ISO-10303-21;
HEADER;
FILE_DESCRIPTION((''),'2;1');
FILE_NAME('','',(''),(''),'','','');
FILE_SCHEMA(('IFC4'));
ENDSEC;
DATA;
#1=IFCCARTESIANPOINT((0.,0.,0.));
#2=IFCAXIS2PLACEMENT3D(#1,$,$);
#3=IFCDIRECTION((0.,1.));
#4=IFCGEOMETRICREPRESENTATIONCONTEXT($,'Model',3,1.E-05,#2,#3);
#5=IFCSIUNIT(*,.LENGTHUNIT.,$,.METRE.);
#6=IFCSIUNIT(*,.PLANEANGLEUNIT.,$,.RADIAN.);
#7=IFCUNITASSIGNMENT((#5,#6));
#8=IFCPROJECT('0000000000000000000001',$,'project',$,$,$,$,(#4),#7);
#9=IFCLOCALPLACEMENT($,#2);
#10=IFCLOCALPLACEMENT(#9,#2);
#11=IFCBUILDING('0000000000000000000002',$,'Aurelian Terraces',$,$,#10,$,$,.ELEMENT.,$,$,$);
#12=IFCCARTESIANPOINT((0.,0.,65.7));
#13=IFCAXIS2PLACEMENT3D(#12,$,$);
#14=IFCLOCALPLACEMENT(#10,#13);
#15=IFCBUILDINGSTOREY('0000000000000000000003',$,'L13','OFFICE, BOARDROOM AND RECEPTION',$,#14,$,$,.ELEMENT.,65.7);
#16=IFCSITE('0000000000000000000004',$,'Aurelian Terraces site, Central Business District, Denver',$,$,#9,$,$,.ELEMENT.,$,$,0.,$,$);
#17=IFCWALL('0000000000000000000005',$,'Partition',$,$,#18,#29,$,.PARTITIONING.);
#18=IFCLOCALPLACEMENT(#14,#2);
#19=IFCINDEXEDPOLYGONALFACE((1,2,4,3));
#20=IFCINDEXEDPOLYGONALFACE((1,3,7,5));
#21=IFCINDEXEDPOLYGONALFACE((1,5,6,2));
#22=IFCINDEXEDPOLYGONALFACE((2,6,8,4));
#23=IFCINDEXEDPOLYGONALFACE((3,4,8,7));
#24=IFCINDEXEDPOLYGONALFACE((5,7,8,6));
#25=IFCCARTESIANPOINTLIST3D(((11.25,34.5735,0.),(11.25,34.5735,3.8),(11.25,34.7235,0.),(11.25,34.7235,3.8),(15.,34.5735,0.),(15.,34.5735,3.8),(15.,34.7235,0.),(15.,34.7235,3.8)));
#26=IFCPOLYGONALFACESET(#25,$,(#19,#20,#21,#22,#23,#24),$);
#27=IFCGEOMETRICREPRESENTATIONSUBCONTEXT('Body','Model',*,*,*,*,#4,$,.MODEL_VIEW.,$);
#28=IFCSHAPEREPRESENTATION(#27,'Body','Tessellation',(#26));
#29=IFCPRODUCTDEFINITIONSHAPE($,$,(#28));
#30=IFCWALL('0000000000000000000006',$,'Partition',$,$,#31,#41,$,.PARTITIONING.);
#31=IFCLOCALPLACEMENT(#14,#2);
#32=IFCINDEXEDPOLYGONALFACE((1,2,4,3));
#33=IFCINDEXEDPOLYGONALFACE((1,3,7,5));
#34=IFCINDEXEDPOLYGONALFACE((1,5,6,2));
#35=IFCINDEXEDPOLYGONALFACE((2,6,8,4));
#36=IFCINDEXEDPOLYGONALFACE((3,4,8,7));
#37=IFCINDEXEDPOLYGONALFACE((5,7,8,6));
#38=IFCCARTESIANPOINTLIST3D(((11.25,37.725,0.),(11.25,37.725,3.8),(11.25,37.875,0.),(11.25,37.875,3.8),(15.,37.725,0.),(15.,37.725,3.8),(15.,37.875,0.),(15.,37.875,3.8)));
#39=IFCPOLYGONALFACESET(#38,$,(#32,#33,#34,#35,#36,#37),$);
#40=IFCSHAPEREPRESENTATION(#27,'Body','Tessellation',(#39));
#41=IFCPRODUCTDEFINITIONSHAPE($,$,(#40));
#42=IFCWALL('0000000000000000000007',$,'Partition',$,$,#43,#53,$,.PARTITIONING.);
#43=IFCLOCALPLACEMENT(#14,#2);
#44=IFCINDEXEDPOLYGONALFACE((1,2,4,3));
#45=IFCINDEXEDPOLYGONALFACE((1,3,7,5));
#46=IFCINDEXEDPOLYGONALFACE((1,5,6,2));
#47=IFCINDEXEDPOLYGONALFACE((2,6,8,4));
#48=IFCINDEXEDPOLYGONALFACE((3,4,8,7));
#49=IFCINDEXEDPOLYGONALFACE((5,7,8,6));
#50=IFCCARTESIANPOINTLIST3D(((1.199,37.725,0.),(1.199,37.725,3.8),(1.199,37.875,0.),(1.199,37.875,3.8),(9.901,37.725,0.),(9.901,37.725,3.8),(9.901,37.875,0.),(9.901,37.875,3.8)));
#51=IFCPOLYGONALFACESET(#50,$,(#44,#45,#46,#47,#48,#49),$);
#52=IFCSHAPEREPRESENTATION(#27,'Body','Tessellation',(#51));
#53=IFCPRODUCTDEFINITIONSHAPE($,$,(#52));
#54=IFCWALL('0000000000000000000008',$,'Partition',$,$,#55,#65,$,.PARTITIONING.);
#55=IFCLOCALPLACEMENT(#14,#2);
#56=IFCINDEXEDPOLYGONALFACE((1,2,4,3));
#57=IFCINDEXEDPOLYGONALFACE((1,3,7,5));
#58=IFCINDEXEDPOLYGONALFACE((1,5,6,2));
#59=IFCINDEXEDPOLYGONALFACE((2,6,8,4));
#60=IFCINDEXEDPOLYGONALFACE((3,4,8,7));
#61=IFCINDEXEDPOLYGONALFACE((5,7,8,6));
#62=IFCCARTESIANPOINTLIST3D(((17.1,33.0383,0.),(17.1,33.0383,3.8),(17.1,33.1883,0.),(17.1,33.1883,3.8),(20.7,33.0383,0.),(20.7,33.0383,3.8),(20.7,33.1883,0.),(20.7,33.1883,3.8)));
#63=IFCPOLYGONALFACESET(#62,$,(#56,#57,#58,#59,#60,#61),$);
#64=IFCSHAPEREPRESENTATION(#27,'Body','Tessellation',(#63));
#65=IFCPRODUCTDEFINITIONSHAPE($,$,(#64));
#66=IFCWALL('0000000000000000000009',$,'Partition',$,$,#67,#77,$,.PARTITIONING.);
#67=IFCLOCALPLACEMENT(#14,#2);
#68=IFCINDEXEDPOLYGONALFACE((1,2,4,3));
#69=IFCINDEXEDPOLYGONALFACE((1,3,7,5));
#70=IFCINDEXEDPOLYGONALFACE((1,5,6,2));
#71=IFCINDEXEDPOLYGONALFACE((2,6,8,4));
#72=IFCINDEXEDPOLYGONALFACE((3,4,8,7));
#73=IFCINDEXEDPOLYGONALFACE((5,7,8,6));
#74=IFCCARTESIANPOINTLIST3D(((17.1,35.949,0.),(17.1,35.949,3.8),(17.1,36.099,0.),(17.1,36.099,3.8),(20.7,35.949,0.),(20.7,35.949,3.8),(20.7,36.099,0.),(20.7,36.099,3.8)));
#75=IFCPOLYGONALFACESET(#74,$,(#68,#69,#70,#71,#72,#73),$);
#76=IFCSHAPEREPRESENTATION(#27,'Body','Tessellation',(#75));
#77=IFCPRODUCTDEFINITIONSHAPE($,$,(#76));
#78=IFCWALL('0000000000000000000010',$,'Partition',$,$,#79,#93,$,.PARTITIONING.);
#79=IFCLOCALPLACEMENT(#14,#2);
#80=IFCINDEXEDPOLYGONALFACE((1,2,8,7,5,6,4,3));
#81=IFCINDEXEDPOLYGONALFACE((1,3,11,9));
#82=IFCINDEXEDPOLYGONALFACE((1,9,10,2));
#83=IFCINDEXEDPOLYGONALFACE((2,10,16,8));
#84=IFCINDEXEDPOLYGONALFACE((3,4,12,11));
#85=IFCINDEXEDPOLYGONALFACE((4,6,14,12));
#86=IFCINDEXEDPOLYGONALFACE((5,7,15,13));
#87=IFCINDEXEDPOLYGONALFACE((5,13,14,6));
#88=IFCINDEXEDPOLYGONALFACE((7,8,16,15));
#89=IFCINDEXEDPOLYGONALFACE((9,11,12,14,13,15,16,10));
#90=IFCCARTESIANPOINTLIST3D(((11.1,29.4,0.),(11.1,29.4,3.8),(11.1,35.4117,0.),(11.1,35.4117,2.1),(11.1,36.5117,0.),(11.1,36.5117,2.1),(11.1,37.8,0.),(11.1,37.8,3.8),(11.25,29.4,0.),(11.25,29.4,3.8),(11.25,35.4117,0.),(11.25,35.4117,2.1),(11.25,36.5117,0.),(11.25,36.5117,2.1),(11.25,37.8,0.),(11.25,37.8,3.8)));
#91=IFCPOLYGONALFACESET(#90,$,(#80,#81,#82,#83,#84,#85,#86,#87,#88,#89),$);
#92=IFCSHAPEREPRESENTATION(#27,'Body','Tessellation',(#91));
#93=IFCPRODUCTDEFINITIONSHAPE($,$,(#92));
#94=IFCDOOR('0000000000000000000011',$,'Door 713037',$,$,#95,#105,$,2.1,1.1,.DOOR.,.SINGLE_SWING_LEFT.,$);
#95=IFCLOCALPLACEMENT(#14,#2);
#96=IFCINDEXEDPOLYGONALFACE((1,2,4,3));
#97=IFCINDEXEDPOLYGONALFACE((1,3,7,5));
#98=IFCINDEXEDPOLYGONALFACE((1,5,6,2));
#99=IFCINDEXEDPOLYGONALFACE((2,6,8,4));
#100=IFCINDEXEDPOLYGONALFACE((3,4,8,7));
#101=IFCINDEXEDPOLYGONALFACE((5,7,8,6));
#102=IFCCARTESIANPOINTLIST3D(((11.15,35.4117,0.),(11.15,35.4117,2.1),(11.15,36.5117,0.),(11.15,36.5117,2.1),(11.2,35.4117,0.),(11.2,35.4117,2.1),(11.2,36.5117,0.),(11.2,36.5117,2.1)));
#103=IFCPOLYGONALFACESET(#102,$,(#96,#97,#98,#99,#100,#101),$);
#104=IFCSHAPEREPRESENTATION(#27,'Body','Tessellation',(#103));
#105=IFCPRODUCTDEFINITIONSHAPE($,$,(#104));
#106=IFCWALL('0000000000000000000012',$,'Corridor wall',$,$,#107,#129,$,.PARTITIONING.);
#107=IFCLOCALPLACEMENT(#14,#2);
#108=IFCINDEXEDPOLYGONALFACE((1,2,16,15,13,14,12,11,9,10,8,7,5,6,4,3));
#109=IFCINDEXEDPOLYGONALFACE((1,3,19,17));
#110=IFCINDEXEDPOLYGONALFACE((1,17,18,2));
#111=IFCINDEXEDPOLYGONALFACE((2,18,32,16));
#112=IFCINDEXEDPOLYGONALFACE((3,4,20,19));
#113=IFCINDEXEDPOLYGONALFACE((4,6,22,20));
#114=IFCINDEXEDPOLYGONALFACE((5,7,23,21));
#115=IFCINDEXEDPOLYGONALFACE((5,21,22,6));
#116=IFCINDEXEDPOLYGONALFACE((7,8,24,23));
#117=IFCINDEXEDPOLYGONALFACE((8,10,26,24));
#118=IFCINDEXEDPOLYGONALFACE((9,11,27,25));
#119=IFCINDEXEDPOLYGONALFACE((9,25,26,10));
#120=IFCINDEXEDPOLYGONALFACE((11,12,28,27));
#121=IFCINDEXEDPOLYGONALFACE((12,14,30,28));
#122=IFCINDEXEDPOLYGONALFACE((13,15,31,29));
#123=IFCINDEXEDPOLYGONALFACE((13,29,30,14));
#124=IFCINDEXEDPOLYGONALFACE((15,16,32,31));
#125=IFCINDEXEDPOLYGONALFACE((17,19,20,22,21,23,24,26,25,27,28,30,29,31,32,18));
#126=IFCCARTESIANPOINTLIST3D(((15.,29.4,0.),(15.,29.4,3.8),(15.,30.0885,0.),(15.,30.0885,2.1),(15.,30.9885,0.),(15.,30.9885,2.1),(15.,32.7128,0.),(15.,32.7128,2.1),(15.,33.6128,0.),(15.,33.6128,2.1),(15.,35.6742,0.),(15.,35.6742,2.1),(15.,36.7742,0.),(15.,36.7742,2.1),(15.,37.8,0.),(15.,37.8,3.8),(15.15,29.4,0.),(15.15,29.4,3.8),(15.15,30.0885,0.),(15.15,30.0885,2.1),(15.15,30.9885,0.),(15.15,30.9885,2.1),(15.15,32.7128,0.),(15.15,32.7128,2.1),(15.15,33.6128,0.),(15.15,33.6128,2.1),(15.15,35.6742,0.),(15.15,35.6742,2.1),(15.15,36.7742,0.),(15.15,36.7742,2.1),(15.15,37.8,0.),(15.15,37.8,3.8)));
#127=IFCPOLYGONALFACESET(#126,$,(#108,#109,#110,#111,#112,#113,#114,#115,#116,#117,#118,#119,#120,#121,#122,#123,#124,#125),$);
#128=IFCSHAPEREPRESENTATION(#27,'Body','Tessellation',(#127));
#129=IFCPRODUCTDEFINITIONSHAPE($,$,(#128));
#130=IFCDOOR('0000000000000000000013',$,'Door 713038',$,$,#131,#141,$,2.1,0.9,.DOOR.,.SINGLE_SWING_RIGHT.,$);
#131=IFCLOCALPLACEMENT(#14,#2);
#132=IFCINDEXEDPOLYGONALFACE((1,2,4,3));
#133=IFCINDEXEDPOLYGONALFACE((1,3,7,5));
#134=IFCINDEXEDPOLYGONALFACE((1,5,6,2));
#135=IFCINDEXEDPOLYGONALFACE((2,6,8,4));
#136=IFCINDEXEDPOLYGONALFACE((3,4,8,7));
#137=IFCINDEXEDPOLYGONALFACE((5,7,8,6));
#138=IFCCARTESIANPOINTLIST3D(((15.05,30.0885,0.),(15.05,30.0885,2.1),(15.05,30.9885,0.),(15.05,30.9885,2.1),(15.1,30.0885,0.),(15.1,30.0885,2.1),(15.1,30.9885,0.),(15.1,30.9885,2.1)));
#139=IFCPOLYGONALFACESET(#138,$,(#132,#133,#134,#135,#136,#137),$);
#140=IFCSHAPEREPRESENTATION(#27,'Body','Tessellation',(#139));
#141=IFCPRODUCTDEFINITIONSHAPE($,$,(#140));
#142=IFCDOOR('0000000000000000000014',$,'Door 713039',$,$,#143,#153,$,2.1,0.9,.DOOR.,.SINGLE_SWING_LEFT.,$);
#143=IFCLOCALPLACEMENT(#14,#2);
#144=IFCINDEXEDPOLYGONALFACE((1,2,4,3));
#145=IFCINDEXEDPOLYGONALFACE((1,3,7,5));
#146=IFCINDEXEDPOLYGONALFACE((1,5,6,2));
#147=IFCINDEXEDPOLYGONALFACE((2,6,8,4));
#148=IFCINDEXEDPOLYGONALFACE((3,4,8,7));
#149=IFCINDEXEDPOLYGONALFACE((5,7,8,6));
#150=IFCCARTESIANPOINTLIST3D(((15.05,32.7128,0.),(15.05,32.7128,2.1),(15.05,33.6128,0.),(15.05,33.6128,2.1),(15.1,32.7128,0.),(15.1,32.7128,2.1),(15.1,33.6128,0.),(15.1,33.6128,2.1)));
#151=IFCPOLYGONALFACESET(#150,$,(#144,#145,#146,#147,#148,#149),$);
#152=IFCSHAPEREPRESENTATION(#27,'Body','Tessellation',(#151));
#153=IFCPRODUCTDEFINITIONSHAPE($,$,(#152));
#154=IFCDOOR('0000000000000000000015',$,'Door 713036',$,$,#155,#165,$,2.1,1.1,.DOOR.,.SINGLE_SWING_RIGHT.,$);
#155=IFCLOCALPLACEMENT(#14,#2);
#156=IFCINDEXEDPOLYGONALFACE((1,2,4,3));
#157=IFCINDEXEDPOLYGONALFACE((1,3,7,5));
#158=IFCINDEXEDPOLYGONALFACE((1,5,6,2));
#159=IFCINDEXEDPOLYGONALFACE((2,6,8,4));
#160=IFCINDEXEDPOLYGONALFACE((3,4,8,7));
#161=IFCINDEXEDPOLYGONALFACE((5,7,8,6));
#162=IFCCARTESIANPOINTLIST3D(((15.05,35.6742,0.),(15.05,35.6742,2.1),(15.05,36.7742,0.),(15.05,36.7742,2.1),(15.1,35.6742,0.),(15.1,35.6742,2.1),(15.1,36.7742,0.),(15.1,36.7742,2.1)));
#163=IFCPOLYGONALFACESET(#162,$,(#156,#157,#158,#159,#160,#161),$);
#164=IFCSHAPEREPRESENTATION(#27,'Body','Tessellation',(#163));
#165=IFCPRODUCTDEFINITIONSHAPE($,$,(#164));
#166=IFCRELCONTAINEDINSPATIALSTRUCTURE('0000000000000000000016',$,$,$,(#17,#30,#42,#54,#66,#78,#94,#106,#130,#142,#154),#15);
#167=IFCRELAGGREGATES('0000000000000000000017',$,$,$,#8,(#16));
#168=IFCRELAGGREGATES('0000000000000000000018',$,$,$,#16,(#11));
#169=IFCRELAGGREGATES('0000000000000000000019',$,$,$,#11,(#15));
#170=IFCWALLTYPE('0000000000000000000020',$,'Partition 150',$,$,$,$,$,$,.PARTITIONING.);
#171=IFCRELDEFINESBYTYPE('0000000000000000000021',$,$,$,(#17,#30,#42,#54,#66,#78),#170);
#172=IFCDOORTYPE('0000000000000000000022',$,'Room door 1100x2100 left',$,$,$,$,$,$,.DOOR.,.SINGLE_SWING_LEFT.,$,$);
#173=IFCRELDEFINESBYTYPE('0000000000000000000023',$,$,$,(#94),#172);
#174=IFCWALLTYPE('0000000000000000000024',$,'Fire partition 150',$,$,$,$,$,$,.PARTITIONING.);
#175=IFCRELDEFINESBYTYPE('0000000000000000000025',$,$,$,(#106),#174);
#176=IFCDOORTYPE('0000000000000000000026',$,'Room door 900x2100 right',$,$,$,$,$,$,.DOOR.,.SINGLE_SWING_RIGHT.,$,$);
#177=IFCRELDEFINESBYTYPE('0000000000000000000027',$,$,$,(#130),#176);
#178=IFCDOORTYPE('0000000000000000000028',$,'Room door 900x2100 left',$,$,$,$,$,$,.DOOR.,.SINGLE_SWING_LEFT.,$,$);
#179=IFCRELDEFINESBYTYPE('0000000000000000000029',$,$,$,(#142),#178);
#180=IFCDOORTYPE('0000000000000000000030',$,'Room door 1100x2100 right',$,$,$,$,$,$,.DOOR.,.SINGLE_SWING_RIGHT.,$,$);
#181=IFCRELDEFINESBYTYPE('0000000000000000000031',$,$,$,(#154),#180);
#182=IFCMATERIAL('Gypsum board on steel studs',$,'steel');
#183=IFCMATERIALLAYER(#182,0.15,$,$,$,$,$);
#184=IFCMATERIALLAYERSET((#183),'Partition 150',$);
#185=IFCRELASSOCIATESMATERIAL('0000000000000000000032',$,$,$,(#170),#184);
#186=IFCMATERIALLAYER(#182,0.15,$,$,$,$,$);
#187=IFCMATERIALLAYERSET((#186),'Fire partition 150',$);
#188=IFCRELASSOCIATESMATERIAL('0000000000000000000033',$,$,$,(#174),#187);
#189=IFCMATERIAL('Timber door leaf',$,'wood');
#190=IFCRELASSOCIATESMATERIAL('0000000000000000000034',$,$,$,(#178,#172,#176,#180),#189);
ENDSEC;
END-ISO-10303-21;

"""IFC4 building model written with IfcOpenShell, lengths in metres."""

from ifc_helpers import new_model, si_unit, direction, frame, frame_2d, origin, place, context, subcontext, project, spatial, rectangle, extrude, source, transform, mapped, material, layer, layer_set, type_object, element, fill, save


model = new_model("IFC4")

# Units and contexts
model_context = context("Model", 3, precision=1e-05, world=origin(), true_north=direction((0.0, 1.0)))
body_context = subcontext(model_context, "Body", "Model", "MODEL_VIEW")
ifc_project = project(units=[si_unit("LENGTHUNIT", "METRE"), si_unit("PLANEANGLEUNIT", "RADIAN")], contexts=[model_context])

# Site, building, storey
site_placement = place(None, origin())
site = spatial("IfcSite", under=ifc_project, at=site_placement, Name="Aurelian Terraces site, Central Business District, Denver", CompositionType="ELEMENT", RefElevation=0.0)
building_placement = place(site_placement, origin())
building = spatial("IfcBuilding", under=site, at=building_placement, Name="Aurelian Terraces", CompositionType="ELEMENT")
storey_placement = place(building_placement, frame((0.0, 0.0, 65.7)))
storey = spatial("IfcBuildingStorey", under=building, at=storey_placement, Name="L13", Description="OFFICE, BOARDROOM AND RECEPTION", CompositionType="ELEMENT", Elevation=65.7)

# Shared definitions
ifc_material_1 = material(Name="Gypsum board on steel studs", Category="steel")
shared_shape_1 = source(origin(), body_context, "Body", "SweptSolid", [
    extrude(rectangle(XDim=0.9, YDim=2.1, at=frame_2d((0.45, 1.05))), frame((0.0, 0.025, 0.0), z_axis=(0.0, -1.0, 0.0), x_axis=(1.0, 0.0, 0.0)), (0.0, 0.0, 1.0), 0.05),
])

# Shared definitions
ifc_layer_1 = layer(ifc_material_1, 0.15)
ifc_layer_set_1 = layer_set([ifc_layer_1], Name="Partition 150")
wall_type_1 = type_object("IfcWallType", Name="Partition 150", PredefinedType="PARTITIONING", material=ifc_layer_set_1)

# Shared definitions
ifc_layer_2 = layer(ifc_material_1, 0.15)
ifc_layer_set_2 = layer_set([ifc_layer_2], Name="Fire partition 150")
wall_type_2 = type_object("IfcWallType", Name="Fire partition 150", PredefinedType="PARTITIONING", material=ifc_layer_set_2)
shared_shape_2 = source(origin(), body_context, "Body", "SweptSolid", [
    extrude(rectangle(XDim=0.9, YDim=2.1, at=frame_2d((0.45, 1.05))), frame((0.0, 0.085, 0.0), z_axis=(0.0, -1.0, 0.0), x_axis=(1.0, 0.0, 0.0)), (0.0, 0.0, 1.0), 0.17),
])
ifc_material_2 = material(Name="Timber door leaf", Category="wood")
door_type_1 = type_object("IfcDoorType", Name="Room door 900x2100 left", OperationType="SINGLE_SWING_LEFT", PredefinedType="DOOR", material=ifc_material_2)

# Walls
shared_shape_3 = source(origin(), body_context, "Body", "SweptSolid", [
    extrude(rectangle(XDim=3.75, YDim=0.15, at=frame_2d((1.875, 0.0))), origin(), (0.0, 0.0, 1.0), 3.8),
])
for number, where, z_axis, x_axis, name in (
    (1, (15.0, 34.6485, 0.0), (0.0, 0.0, 1.0), (-1.0, 0.0, 0.0), "Partition"),
    (2, (15.0, 37.8, 0.0), (0.0, 0.0, 1.0), (-1.0, 0.0, 0.0), "Partition"),
):
    element("IfcWall", number, at=place(storey_placement, frame(where, z_axis=z_axis, x_axis=x_axis)), inside=storey, type_object=wall_type_1, Name=name, PredefinedType="PARTITIONING", context=body_context, shape_type="MappedRepresentation", body=[
        mapped(shared_shape_3, transform((0.0, 0.0, 0.0), scale=1.0)),
    ])
shared_shape_4 = source(origin(), body_context, "Body", "SweptSolid", [
    extrude(rectangle(XDim=8.702, YDim=0.15, at=frame_2d((4.351, 0.0))), origin(), (0.0, 0.0, 1.0), 3.8),
])
wall_1_placement = place(storey_placement, frame((9.901, 37.8, 0.0), z_axis=(0.0, 0.0, 1.0), x_axis=(-1.0, 0.0, 0.0)))
element("IfcWall", 3, at=wall_1_placement, inside=storey, type_object=wall_type_1, Name="Partition", PredefinedType="PARTITIONING", context=body_context, shape_type="MappedRepresentation", body=[
    mapped(shared_shape_4, transform((0.0, 0.0, 0.0), scale=1.0)),
])
shared_shape_5 = source(origin(), body_context, "Body", "SweptSolid", [
    extrude(rectangle(XDim=3.6, YDim=0.15, at=frame_2d((1.8, 0.0))), origin(), (0.0, 0.0, 1.0), 3.8),
])
for number, where, z_axis, x_axis, name in (
    (4, (17.1, 33.1133, 0.0), (0.0, 0.0, 1.0), (1.0, 0.0, 0.0), "Partition"),
    (5, (17.1, 36.024, 0.0), (0.0, 0.0, 1.0), (1.0, 0.0, 0.0), "Partition"),
):
    element("IfcWall", number, at=place(storey_placement, frame(where, z_axis=z_axis, x_axis=x_axis)), inside=storey, type_object=wall_type_1, Name=name, PredefinedType="PARTITIONING", context=body_context, shape_type="MappedRepresentation", body=[
        mapped(shared_shape_5, transform((0.0, 0.0, 0.0), scale=1.0)),
    ])

# Wall, opening, door
shared_shape_6 = source(origin(), body_context, "Body", "SweptSolid", [
    extrude(rectangle(XDim=8.4, YDim=0.15, at=frame_2d((4.2, 0.0))), origin(), (0.0, 0.0, 1.0), 3.8),
])
wall_2_placement = place(storey_placement, frame((11.175, 29.4, 0.0), z_axis=(0.0, 0.0, 1.0), x_axis=(0.0, 1.0, 0.0)))
wall_2 = element("IfcWall", 6, at=wall_2_placement, inside=storey, type_object=wall_type_1, Name="Partition", PredefinedType="PARTITIONING", context=body_context, shape_type="MappedRepresentation", body=[
    mapped(shared_shape_6, transform((0.0, 0.0, 0.0), scale=1.0)),
])
shared_shape_7 = source(origin(), body_context, "Body", "SweptSolid", [
    extrude(rectangle(XDim=1.1, YDim=2.1, at=frame_2d((0.55, 1.05))), frame((0.0, 0.085, 0.0), z_axis=(0.0, -1.0, 0.0), x_axis=(1.0, 0.0, 0.0)), (0.0, 0.0, 1.0), 0.17),
])
opening_1_placement = place(wall_2_placement, frame((6.0117, 0.0, 0.0)))
opening_1 = element("IfcOpeningElement", 7, at=opening_1_placement, cuts=wall_2, PredefinedType="OPENING", context=body_context, shape_type="MappedRepresentation", body=[
    mapped(shared_shape_7, transform((0.0, 0.0, 0.0), scale=1.0)),
])
door_type_2 = type_object("IfcDoorType", Name="Room door 1100x2100 left", OperationType="SINGLE_SWING_LEFT", PredefinedType="DOOR", material=ifc_material_2)
shared_shape_8 = source(origin(), body_context, "Body", "SweptSolid", [
    extrude(rectangle(XDim=1.1, YDim=2.1, at=frame_2d((0.55, 1.05))), frame((0.0, 0.025, 0.0), z_axis=(0.0, -1.0, 0.0), x_axis=(1.0, 0.0, 0.0)), (0.0, 0.0, 1.0), 0.05),
])
door_1_placement = place(opening_1_placement, origin())
door_1 = element("IfcDoor", 8, at=door_1_placement, inside=storey, type_object=door_type_2, Name="Door 713037", OperationType="SINGLE_SWING_LEFT", OverallHeight=2.1, OverallWidth=1.1, PredefinedType="DOOR", context=body_context, shape_type="MappedRepresentation", body=[
    mapped(shared_shape_8, transform((0.0, 0.0, 0.0), scale=1.0)),
])
fill(opening_1, door_1)

# Wall, openings, doors
wall_3_placement = place(storey_placement, frame((15.075, 29.4, 0.0), z_axis=(0.0, 0.0, 1.0), x_axis=(0.0, 1.0, 0.0)))
wall_3 = element("IfcWall", 9, at=wall_3_placement, inside=storey, type_object=wall_type_2, Name="Corridor wall", PredefinedType="PARTITIONING", context=body_context, shape_type="MappedRepresentation", body=[
    mapped(shared_shape_6, transform((0.0, 0.0, 0.0), scale=1.0)),
])
opening_2_placement = place(wall_3_placement, frame((6.2742, 0.0, 0.0)))
opening_2 = element("IfcOpeningElement", 10, at=opening_2_placement, cuts=wall_3, PredefinedType="OPENING", context=body_context, shape_type="MappedRepresentation", body=[
    mapped(shared_shape_7, transform((0.0, 0.0, 0.0), scale=1.0)),
])
opening_3_placement = place(wall_3_placement, frame((0.6885, 0.0, 0.0)))
opening_3 = element("IfcOpeningElement", 11, at=opening_3_placement, cuts=wall_3, PredefinedType="OPENING", context=body_context, shape_type="MappedRepresentation", body=[
    mapped(shared_shape_2, transform((0.0, 0.0, 0.0), scale=1.0)),
])
opening_4_placement = place(wall_3_placement, frame((3.3128, 0.0, 0.0)))
opening_4 = element("IfcOpeningElement", 12, at=opening_4_placement, cuts=wall_3, PredefinedType="OPENING", context=body_context, shape_type="MappedRepresentation", body=[
    mapped(shared_shape_2, transform((0.0, 0.0, 0.0), scale=1.0)),
])
door_type_3 = type_object("IfcDoorType", Name="Room door 900x2100 right", OperationType="SINGLE_SWING_RIGHT", PredefinedType="DOOR", material=ifc_material_2)
door_2_placement = place(opening_3_placement, origin())
door_2 = element("IfcDoor", 13, at=door_2_placement, inside=storey, type_object=door_type_3, Name="Door 713038", OperationType="SINGLE_SWING_RIGHT", OverallHeight=2.1, OverallWidth=0.9, PredefinedType="DOOR", context=body_context, shape_type="MappedRepresentation", body=[
    mapped(shared_shape_1, transform((0.0, 0.0, 0.0), scale=1.0)),
])
fill(opening_3, door_2)
door_3_placement = place(opening_4_placement, origin())
door_3 = element("IfcDoor", 14, at=door_3_placement, inside=storey, type_object=door_type_1, Name="Door 713039", OperationType="SINGLE_SWING_LEFT", OverallHeight=2.1, OverallWidth=0.9, PredefinedType="DOOR", context=body_context, shape_type="MappedRepresentation", body=[
    mapped(shared_shape_1, transform((0.0, 0.0, 0.0), scale=1.0)),
])
fill(opening_4, door_3)
door_type_4 = type_object("IfcDoorType", Name="Room door 1100x2100 right", OperationType="SINGLE_SWING_RIGHT", PredefinedType="DOOR", material=ifc_material_2)
door_4_placement = place(opening_2_placement, origin())
door_4 = element("IfcDoor", 15, at=door_4_placement, inside=storey, type_object=door_type_4, Name="Door 713036", OperationType="SINGLE_SWING_RIGHT", OverallHeight=2.1, OverallWidth=1.1, PredefinedType="DOOR", context=body_context, shape_type="MappedRepresentation", body=[
    mapped(shared_shape_8, transform((0.0, 0.0, 0.0), scale=1.0)),
])
fill(opening_2, door_4)

save(model, "model.ifc")
